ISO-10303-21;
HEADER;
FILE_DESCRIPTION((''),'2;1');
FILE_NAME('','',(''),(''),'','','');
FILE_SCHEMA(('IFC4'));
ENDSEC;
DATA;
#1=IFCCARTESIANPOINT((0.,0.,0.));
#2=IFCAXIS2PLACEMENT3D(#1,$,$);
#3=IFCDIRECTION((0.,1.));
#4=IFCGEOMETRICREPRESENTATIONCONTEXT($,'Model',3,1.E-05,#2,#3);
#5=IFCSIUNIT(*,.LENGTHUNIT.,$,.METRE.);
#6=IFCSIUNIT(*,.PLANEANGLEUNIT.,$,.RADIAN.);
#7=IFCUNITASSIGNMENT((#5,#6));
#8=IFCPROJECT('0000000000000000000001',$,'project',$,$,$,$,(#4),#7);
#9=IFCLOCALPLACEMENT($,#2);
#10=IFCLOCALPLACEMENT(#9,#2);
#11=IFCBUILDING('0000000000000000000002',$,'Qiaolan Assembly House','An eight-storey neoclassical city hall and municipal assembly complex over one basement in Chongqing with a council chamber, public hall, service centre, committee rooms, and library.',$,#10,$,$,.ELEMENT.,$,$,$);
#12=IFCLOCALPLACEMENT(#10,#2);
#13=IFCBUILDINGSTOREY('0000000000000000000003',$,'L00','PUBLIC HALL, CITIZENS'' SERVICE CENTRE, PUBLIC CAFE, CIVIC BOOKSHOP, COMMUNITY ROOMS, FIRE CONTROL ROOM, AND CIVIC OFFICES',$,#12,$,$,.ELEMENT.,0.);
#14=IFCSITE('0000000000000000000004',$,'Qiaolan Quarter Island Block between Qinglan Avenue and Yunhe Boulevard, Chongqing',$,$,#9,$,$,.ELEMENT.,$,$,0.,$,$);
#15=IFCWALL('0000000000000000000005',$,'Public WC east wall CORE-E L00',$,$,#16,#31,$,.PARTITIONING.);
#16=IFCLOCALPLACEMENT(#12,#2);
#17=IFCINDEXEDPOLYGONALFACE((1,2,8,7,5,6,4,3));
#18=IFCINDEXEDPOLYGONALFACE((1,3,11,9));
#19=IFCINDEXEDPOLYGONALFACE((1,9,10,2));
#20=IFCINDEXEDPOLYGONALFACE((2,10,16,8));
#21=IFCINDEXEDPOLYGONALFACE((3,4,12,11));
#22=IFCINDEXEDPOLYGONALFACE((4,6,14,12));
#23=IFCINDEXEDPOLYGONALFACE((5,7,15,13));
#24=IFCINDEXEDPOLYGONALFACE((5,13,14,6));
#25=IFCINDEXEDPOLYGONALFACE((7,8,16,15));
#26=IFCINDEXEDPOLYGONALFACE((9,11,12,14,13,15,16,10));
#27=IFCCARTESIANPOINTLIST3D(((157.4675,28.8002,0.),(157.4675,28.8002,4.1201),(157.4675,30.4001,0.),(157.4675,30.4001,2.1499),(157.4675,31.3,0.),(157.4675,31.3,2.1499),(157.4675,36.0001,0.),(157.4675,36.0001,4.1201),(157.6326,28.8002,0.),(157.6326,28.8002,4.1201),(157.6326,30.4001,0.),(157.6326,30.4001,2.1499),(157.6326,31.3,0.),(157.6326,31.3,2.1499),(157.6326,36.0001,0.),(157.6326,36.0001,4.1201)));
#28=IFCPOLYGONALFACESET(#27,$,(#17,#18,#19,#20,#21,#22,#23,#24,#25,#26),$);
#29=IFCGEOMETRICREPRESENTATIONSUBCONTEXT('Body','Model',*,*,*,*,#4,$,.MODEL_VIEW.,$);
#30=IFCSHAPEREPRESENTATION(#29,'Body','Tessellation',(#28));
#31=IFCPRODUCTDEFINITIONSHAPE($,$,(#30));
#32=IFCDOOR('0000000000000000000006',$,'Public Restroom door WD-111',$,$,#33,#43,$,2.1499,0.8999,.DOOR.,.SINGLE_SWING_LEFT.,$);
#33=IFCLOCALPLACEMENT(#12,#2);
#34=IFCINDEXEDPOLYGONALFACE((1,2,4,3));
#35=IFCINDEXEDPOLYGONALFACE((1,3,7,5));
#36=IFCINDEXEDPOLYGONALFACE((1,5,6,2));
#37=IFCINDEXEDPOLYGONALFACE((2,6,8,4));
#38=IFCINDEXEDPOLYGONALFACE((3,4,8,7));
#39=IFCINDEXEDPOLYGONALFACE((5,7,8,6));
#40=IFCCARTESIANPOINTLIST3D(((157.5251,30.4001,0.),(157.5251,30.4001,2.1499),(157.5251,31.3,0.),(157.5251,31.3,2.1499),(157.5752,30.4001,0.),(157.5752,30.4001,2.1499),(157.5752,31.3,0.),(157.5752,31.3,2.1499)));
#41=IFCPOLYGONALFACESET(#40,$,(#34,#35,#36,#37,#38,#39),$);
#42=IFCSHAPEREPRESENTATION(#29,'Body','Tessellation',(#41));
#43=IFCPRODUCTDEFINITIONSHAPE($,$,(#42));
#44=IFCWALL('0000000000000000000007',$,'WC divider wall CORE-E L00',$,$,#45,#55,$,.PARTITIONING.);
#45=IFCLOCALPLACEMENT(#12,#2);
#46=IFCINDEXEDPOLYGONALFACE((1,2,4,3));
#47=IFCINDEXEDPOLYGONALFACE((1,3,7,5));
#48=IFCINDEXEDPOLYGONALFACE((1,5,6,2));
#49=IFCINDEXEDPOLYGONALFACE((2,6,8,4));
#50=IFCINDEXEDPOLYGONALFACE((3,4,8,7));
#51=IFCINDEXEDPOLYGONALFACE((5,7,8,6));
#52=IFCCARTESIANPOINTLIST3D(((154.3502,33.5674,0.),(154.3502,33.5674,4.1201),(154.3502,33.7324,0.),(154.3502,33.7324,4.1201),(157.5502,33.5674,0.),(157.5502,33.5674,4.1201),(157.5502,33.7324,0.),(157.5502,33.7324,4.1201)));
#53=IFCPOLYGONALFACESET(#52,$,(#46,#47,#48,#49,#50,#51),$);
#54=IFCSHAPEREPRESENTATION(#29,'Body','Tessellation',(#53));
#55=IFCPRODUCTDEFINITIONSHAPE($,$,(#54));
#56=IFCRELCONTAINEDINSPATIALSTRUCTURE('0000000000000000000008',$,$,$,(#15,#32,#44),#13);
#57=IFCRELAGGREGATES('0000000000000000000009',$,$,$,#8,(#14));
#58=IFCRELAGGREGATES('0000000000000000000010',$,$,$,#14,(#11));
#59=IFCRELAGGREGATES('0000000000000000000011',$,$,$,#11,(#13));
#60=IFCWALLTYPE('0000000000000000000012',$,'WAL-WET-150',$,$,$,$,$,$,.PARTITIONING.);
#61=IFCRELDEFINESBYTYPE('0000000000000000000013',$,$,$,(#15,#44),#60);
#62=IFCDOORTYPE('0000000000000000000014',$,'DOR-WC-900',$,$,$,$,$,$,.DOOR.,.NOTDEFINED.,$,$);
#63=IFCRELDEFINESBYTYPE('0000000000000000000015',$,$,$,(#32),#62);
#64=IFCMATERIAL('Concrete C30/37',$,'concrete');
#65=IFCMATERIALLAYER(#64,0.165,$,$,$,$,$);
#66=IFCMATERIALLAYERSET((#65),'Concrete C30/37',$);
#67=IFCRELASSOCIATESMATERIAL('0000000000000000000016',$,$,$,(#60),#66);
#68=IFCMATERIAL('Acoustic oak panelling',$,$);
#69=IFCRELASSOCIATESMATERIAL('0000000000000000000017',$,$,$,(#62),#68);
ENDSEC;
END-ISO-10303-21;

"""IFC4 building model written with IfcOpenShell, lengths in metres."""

from ifc_helpers import new_model, si_unit, direction, frame, frame_2d, origin, place, context, subcontext, project, spatial, rectangle, extrude, material, layer, layer_set, type_object, element, fill, save


model = new_model("IFC4")

# Units and contexts
model_context = context("Model", 3, precision=1e-05, world=origin(), true_north=direction((0.0, 1.0)))
body_context = subcontext(model_context, "Body", "Model", "MODEL_VIEW")
ifc_project = project(units=[si_unit("LENGTHUNIT", "METRE"), si_unit("PLANEANGLEUNIT", "RADIAN")], contexts=[model_context])

# Site, building, storey
site_placement = place(None, origin())
site = spatial("IfcSite", under=ifc_project, at=site_placement, Name="Qiaolan Quarter Island Block between Qinglan Avenue and Yunhe Boulevard, Chongqing", CompositionType="ELEMENT", RefElevation=0.0)
building_placement = place(site_placement, origin())
building = spatial("IfcBuilding", under=site, at=building_placement, Name="Qiaolan Assembly House", Description="An eight-storey neoclassical city hall and municipal assembly complex over one basement in Chongqing with a council chamber, public hall, service centre, committee rooms, and library.", CompositionType="ELEMENT")
storey_placement = place(building_placement, origin())
storey = spatial("IfcBuildingStorey", under=building, at=storey_placement, Name="L00", Description="PUBLIC HALL, CITIZENS' SERVICE CENTRE, PUBLIC CAFE, CIVIC BOOKSHOP, COMMUNITY ROOMS, FIRE CONTROL ROOM, AND CIVIC OFFICES", CompositionType="ELEMENT", Elevation=0.0)

# Wall, opening, door
ifc_material_1 = material(Name="Acoustic oak panelling")
ifc_material_2 = material(Name="Concrete C30/37", Category="concrete")
ifc_layer_1 = layer(ifc_material_2, 0.165)
ifc_layer_set_1 = layer_set([ifc_layer_1], Name="Concrete C30/37")
wall_type_1 = type_object("IfcWallType", Name="WAL-WET-150", PredefinedType="PARTITIONING", material=ifc_layer_set_1)
wall_1_placement = place(storey_placement, frame((157.55, 28.8, 0.0), z_axis=(0.0, 0.0, 1.0), x_axis=(0.0, 1.0, 0.0)))
wall_1 = element("IfcWall", 1, at=wall_1_placement, inside=storey, type_object=wall_type_1, Name="Public WC east wall CORE-E L00", PredefinedType="PARTITIONING", context=body_context, shape_type="SweptSolid", body=[
    extrude(rectangle(XDim=7.2, YDim=0.165, at=frame_2d((3.6001, 0.0))), origin(), (0.0, 0.0, 1.0), 4.1201),
])
opening_1_placement = place(wall_1_placement, frame((1.6001, 0.0, 0.0)))
opening_1 = element("IfcOpeningElement", 2, at=opening_1_placement, cuts=wall_1, PredefinedType="OPENING", context=body_context, shape_type="SweptSolid", body=[
    extrude(rectangle(XDim=0.8999, YDim=2.1499, at=frame_2d((0.45, 1.075))), frame((0.0, 0.0925, 0.0), z_axis=(0.0, -1.0, 0.0), x_axis=(1.0, 0.0, 0.0)), (0.0, 0.0, 1.0), 0.1851),
])
door_type_1 = type_object("IfcDoorType", Name="DOR-WC-900", OperationType="NOTDEFINED", PredefinedType="DOOR", material=ifc_material_1)
door_1_placement = place(opening_1_placement, origin())
door_1 = element("IfcDoor", 3, at=door_1_placement, inside=storey, type_object=door_type_1, Name="Public Restroom door WD-111", OperationType="SINGLE_SWING_LEFT", OverallHeight=2.1499, OverallWidth=0.8999, PredefinedType="DOOR", context=body_context, shape_type="SweptSolid", body=[
    extrude(rectangle(XDim=0.8999, YDim=2.1499, at=frame_2d((0.45, 1.075))), frame((0.0, 0.0249, 0.0), z_axis=(0.0, -1.0, 0.0), x_axis=(1.0, 0.0, 0.0)), (0.0, 0.0, 1.0), 0.05),
])
fill(opening_1, door_1)

# Wall
wall_2_placement = place(storey_placement, frame((154.3501, 33.6499, 0.0), z_axis=(0.0, 0.0, 1.0), x_axis=(1.0, 0.0, 0.0)))
element("IfcWall", 4, at=wall_2_placement, inside=storey, type_object=wall_type_1, Name="WC divider wall CORE-E L00", PredefinedType="PARTITIONING", context=body_context, shape_type="SweptSolid", body=[
    extrude(rectangle(XDim=3.2, YDim=0.165, at=frame_2d((1.6001, 0.0))), origin(), (0.0, 0.0, 1.0), 4.1201),
])

save(model, "model.ifc")
